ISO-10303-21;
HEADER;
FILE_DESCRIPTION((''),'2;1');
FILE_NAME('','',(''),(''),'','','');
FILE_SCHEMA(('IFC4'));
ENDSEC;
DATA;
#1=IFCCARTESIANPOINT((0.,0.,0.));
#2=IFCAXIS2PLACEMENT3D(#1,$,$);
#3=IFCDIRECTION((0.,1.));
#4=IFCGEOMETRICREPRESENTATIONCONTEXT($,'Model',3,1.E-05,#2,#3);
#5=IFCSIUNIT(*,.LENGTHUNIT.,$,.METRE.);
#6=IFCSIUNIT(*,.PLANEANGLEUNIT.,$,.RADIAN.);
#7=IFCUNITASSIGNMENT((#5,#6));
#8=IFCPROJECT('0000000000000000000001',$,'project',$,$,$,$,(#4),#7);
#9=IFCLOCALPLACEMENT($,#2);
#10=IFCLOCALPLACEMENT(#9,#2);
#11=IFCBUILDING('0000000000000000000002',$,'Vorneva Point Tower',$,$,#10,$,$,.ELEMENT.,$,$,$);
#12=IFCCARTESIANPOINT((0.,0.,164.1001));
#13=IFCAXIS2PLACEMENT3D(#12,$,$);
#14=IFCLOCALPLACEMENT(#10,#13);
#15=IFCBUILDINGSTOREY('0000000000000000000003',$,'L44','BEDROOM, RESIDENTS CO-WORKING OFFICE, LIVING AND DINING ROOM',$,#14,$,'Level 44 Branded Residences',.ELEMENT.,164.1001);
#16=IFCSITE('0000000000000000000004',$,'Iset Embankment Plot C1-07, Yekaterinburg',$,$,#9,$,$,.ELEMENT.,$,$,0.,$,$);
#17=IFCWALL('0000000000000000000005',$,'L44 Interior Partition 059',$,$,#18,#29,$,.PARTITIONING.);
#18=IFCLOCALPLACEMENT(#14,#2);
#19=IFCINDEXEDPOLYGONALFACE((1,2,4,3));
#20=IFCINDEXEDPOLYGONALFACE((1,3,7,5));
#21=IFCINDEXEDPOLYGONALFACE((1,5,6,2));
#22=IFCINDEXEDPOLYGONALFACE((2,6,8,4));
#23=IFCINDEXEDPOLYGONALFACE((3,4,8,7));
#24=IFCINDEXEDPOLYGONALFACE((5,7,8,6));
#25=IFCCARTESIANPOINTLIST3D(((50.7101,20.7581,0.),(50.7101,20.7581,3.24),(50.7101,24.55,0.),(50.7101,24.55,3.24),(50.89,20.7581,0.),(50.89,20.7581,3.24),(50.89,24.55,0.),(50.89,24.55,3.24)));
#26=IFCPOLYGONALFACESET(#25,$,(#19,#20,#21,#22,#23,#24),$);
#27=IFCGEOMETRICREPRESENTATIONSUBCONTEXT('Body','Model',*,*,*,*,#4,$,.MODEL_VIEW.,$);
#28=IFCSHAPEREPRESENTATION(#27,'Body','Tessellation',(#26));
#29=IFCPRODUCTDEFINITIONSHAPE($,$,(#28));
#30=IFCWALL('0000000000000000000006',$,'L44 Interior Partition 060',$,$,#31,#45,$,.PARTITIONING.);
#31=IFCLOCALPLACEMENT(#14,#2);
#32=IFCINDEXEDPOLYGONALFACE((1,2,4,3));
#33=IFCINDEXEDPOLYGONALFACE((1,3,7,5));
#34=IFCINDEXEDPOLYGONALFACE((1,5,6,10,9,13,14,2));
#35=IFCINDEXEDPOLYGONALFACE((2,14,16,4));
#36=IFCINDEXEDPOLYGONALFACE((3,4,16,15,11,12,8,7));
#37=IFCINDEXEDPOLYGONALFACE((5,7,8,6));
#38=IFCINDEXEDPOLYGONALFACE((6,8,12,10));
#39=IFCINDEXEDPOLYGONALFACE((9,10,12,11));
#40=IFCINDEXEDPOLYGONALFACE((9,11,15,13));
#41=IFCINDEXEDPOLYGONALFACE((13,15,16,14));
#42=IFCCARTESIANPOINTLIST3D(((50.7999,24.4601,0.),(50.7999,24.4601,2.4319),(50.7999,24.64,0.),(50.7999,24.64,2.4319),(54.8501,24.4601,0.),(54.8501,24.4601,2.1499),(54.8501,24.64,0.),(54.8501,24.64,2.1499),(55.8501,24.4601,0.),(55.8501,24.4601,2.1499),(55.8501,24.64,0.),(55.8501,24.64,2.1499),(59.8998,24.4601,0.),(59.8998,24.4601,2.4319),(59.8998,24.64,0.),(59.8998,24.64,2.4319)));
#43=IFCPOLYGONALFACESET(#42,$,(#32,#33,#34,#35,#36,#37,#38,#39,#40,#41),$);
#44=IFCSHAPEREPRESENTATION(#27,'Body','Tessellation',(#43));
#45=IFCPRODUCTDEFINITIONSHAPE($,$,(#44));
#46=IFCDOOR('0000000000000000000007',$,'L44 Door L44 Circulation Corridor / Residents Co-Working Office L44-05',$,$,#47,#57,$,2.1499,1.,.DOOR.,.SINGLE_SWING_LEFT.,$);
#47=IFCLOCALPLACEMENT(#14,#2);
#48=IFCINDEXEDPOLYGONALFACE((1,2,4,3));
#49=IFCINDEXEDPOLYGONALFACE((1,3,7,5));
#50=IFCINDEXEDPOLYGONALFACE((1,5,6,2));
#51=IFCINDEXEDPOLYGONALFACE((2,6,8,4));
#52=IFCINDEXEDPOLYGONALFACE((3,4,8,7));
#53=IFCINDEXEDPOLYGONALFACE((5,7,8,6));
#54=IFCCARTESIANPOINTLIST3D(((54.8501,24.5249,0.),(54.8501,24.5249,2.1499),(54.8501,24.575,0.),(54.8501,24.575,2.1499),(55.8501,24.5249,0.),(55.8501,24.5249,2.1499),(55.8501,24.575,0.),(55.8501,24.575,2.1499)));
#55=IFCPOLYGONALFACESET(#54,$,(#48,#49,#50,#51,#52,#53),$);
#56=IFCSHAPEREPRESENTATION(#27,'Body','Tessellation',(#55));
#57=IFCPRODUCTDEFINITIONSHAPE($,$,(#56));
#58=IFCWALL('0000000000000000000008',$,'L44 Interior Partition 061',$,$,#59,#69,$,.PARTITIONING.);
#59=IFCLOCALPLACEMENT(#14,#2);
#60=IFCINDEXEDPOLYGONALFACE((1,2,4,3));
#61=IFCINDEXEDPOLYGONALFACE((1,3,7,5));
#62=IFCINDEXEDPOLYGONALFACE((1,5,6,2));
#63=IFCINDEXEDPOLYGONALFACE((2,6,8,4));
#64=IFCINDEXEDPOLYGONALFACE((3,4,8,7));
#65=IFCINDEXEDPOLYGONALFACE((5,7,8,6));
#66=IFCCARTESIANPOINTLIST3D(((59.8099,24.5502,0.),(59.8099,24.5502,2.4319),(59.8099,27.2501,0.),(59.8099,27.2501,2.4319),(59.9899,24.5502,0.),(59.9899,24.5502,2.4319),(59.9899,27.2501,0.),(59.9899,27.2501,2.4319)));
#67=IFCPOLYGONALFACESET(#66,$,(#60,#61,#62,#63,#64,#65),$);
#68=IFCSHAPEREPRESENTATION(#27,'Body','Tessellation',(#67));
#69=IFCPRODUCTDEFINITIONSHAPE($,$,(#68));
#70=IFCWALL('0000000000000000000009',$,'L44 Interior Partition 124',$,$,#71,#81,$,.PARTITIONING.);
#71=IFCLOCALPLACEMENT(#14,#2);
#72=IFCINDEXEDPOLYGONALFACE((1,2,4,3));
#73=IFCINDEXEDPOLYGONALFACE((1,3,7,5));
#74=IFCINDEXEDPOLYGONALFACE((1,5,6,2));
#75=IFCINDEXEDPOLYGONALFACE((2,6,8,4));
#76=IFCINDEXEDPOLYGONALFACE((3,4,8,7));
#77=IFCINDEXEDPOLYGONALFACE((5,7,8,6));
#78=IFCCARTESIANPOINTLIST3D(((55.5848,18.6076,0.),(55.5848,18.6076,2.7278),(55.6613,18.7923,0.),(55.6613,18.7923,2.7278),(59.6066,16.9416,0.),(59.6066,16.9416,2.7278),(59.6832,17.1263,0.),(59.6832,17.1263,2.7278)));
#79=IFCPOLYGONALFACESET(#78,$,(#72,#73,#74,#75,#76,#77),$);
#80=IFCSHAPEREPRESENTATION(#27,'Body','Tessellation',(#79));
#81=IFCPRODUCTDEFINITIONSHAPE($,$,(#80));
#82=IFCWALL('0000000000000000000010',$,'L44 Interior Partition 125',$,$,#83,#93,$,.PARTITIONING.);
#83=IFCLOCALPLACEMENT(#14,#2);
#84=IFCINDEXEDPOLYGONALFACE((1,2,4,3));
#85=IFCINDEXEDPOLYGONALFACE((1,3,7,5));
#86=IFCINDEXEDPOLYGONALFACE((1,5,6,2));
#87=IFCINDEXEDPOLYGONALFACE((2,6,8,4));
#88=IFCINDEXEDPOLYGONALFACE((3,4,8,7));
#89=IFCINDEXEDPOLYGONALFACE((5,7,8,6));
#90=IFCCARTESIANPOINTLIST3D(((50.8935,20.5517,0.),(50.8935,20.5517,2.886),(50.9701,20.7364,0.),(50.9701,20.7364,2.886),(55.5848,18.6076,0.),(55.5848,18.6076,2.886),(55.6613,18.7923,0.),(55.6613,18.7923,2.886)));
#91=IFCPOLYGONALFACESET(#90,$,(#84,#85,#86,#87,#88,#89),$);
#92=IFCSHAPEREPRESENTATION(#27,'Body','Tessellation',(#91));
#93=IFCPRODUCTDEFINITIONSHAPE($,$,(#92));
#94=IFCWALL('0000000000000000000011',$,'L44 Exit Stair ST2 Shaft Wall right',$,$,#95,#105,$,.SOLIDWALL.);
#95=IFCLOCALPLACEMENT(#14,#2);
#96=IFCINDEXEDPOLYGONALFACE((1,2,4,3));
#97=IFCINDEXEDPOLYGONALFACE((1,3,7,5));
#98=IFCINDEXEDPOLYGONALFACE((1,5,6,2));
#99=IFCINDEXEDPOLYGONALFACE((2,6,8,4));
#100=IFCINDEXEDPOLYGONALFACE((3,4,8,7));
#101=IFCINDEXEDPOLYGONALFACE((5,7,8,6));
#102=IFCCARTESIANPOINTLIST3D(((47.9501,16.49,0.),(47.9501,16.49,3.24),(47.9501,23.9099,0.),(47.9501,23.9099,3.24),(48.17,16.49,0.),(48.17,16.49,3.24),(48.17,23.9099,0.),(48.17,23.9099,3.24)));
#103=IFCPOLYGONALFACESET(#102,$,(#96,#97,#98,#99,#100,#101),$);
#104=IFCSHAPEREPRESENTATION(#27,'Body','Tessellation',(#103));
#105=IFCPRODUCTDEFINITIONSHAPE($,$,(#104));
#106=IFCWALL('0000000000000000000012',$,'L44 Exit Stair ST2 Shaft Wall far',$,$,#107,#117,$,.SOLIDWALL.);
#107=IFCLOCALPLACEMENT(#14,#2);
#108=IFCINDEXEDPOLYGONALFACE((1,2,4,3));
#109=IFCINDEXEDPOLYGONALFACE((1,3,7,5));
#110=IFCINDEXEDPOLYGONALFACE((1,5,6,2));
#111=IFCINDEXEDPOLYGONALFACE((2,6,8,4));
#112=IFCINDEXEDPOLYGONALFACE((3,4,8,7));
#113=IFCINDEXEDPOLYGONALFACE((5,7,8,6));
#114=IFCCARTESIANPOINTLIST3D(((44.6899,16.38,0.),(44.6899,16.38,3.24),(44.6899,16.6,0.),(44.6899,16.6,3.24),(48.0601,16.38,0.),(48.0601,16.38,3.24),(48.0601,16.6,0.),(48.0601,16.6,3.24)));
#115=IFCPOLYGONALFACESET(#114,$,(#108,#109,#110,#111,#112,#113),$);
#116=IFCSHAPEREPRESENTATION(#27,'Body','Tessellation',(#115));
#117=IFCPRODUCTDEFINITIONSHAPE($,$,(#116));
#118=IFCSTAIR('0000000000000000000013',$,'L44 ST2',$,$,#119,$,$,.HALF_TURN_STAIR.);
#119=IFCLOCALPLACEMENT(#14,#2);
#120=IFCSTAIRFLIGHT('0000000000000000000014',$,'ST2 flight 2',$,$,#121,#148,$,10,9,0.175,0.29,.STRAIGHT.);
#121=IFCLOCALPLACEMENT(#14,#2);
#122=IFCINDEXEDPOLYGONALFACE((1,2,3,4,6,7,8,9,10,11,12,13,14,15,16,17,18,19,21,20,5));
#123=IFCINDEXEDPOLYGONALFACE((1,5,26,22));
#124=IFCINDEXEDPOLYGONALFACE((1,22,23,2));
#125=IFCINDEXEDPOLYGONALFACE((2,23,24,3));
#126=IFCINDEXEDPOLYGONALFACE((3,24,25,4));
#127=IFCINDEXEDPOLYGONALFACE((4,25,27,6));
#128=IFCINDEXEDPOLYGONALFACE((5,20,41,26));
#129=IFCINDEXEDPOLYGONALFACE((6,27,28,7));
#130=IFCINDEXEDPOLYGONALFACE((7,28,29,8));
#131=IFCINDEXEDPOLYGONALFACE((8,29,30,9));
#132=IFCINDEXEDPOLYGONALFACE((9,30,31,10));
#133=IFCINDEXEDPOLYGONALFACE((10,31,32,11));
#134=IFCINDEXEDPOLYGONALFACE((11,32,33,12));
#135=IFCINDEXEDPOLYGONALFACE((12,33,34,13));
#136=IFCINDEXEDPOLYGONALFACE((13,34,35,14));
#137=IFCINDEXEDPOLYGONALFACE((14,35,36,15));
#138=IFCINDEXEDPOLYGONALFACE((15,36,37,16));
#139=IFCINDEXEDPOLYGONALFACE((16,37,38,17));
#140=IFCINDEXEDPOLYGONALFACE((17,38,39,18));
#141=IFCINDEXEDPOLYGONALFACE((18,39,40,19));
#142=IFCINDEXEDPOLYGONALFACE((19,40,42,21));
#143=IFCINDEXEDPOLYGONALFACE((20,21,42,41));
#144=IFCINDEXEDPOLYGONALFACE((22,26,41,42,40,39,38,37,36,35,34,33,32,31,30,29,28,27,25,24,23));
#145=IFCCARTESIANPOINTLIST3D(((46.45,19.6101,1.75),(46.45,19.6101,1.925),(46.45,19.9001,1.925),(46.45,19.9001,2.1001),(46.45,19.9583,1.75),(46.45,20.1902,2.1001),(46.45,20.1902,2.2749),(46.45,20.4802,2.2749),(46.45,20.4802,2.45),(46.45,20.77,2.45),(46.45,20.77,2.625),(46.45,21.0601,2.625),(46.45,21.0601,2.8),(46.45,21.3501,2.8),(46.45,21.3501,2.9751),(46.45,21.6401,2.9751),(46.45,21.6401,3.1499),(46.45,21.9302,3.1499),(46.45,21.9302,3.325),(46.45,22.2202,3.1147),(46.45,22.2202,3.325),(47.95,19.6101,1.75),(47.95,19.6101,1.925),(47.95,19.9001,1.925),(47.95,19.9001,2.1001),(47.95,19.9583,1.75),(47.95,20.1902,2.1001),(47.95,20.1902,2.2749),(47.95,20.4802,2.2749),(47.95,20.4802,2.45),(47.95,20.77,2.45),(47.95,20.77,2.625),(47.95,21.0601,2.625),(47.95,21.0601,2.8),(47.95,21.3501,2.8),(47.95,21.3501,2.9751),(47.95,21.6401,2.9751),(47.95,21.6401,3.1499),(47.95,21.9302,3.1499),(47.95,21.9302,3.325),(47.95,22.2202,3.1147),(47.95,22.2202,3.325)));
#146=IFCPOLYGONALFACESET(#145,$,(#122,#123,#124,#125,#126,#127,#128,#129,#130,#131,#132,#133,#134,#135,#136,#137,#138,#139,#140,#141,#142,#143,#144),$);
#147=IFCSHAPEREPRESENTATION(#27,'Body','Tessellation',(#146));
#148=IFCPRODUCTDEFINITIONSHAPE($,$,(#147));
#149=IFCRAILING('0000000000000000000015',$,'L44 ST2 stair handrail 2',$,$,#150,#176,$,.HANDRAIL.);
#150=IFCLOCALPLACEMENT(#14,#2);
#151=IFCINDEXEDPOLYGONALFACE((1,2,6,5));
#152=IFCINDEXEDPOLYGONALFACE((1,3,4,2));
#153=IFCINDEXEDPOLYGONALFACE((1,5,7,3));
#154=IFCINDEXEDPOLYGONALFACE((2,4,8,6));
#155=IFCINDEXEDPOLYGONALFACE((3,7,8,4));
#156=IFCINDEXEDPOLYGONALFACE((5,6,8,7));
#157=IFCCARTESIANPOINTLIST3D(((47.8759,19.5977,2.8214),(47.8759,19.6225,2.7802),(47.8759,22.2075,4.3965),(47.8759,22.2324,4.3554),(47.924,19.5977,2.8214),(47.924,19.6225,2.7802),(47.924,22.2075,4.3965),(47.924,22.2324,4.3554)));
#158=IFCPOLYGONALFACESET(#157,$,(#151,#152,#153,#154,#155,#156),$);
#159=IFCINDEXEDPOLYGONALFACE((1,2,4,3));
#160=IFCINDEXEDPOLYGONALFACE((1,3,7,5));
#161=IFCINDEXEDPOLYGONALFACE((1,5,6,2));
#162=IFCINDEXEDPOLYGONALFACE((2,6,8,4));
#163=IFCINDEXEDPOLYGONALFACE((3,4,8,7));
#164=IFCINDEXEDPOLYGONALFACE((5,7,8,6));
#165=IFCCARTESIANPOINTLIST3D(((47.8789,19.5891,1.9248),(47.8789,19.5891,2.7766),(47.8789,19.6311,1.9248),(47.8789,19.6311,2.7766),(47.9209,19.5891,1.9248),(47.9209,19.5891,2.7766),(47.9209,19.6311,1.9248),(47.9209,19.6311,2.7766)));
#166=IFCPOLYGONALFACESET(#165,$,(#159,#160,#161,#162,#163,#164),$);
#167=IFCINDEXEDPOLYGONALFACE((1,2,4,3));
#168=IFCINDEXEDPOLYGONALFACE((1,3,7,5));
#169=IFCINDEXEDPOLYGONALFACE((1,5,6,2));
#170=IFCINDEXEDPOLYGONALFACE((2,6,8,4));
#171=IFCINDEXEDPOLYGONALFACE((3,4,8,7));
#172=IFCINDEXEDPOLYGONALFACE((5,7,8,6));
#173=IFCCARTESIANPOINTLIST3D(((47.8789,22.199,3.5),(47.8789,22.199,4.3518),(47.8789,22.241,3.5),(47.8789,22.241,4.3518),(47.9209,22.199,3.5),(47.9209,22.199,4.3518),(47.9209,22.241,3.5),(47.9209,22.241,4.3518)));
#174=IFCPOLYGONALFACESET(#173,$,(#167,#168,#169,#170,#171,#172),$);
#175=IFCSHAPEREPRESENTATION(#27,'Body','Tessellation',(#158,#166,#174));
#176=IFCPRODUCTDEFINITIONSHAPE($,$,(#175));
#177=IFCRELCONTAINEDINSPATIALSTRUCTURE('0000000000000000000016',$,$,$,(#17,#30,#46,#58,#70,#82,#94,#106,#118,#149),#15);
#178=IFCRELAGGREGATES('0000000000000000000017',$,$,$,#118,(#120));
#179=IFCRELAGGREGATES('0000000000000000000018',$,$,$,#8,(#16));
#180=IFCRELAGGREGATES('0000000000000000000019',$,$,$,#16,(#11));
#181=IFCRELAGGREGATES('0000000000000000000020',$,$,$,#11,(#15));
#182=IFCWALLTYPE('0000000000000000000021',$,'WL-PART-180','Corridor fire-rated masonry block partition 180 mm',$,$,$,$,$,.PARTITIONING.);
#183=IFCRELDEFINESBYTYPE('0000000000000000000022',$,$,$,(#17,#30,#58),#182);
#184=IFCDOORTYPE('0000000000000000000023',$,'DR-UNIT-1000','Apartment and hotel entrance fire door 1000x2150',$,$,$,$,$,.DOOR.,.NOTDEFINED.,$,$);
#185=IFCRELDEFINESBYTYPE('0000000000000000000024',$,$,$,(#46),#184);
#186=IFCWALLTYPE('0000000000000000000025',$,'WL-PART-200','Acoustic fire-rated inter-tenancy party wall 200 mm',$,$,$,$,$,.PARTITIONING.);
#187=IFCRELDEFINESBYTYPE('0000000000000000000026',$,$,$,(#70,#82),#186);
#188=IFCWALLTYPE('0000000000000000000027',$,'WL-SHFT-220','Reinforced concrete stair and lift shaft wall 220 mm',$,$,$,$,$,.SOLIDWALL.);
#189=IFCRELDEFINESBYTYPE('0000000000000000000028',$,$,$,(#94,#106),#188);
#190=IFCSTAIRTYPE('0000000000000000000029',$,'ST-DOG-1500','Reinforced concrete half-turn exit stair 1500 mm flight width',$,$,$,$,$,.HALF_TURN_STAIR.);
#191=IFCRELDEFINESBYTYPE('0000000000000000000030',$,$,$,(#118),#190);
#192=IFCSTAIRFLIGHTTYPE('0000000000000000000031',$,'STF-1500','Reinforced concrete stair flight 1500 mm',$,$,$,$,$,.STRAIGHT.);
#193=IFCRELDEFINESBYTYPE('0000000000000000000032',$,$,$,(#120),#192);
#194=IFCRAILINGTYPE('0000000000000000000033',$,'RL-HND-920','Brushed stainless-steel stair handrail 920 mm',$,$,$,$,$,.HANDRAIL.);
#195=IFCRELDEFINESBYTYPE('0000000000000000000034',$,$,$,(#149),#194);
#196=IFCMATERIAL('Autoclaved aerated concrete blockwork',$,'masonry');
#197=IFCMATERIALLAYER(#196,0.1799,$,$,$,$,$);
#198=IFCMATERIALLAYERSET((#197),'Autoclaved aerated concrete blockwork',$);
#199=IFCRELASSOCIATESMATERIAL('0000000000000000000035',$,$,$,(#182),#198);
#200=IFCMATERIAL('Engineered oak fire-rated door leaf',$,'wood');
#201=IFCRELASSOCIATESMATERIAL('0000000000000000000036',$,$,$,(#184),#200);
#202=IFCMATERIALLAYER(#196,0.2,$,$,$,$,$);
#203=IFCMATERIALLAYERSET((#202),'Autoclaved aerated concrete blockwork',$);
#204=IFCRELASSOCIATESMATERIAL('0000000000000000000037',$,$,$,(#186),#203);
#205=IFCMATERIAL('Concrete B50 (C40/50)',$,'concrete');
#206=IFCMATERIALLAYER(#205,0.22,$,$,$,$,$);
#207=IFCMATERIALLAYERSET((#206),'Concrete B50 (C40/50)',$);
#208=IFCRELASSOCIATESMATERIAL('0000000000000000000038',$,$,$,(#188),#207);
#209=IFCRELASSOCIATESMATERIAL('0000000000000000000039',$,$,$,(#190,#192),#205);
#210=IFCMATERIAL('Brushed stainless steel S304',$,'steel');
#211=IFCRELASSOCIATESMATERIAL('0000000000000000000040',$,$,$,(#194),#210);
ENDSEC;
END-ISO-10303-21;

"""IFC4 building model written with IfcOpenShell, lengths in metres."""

from ifc_helpers import new_model, si_unit, direction, frame, frame_2d, origin, origin_2d, place, context, subcontext, project, spatial, polyline, rectangle, outline, extrude, material, layer, layer_set, type_object, element, fill, aggregate, save


model = new_model("IFC4")

# Units and contexts
model_context = context("Model", 3, precision=1e-05, world=origin(), true_north=direction((0.0, 1.0)))
body_context = subcontext(model_context, "Body", "Model", "MODEL_VIEW")
ifc_project = project(units=[si_unit("LENGTHUNIT", "METRE"), si_unit("PLANEANGLEUNIT", "RADIAN")], contexts=[model_context])

# Site, building, storey
site_placement = place(None, origin())
site = spatial("IfcSite", under=ifc_project, at=site_placement, Name="Iset Embankment Plot C1-07, Yekaterinburg", CompositionType="ELEMENT", RefElevation=0.0)
building_placement = place(site_placement, origin())
building = spatial("IfcBuilding", under=site, at=building_placement, Name="Vorneva Point Tower", CompositionType="ELEMENT")
storey_placement = place(building_placement, frame((0.0, 0.0, 164.1001)))
storey = spatial("IfcBuildingStorey", under=building, at=storey_placement, Name="L44", Description="BEDROOM, RESIDENTS CO-WORKING OFFICE, LIVING AND DINING ROOM", LongName="Level 44 Branded Residences", CompositionType="ELEMENT", Elevation=164.1001)

# Shared definitions
ifc_material_1 = material(Name="Autoclaved aerated concrete blockwork", Category="masonry")
ifc_layer_1 = layer(ifc_material_1, 0.1799)
ifc_layer_set_1 = layer_set([ifc_layer_1], Name="Autoclaved aerated concrete blockwork")
wall_type_1 = type_object("IfcWallType", Name="WL-PART-180", Description="Corridor fire-rated masonry block partition 180 mm", PredefinedType="PARTITIONING", material=ifc_layer_set_1)
ifc_material_2 = material(Name="Engineered oak fire-rated door leaf", Category="wood")

# Wall
wall_1_placement = place(storey_placement, frame((50.8, 20.7581, 0.0), z_axis=(0.0, 0.0, 1.0), x_axis=(0.0, 1.0, 0.0)))
element("IfcWall", 1, at=wall_1_placement, inside=storey, type_object=wall_type_1, Name="L44 Interior Partition 059", PredefinedType="PARTITIONING", context=body_context, shape_type="SweptSolid", body=[
    extrude(rectangle(XDim=3.792, YDim=0.1799, at=frame_2d((1.896, 0.0))), origin(), (0.0, 0.0, 1.0), 3.24),
])

# Wall, opening, door
wall_2_placement = place(storey_placement, frame((50.8, 24.55, 0.0), z_axis=(0.0, 0.0, 1.0), x_axis=(1.0, 0.0, 0.0)))
wall_2 = element("IfcWall", 2, at=wall_2_placement, inside=storey, type_object=wall_type_1, Name="L44 Interior Partition 060", PredefinedType="PARTITIONING", context=body_context, shape_type="SweptSolid", body=[
    extrude(rectangle(XDim=9.0999, YDim=0.1799, at=frame_2d((4.5498, 0.0))), origin(), (0.0, 0.0, 1.0), 2.4319),
])
opening_1_placement = place(wall_2_placement, frame((4.05, 0.0, 0.0)))
opening_1 = element("IfcOpeningElement", 3, at=opening_1_placement, cuts=wall_2, PredefinedType="OPENING", context=body_context, shape_type="SweptSolid", body=[
    extrude(rectangle(XDim=1.0, YDim=2.1499, at=frame_2d((0.5, 1.075))), frame((0.0, 0.105, 0.0), z_axis=(0.0, -1.0, 0.0), x_axis=(1.0, 0.0, 0.0)), (0.0, 0.0, 1.0), 0.2097),
])
door_type_1 = type_object("IfcDoorType", Name="DR-UNIT-1000", Description="Apartment and hotel entrance fire door 1000x2150", OperationType="NOTDEFINED", PredefinedType="DOOR", material=ifc_material_2)
door_1_placement = place(opening_1_placement, origin())
door_1 = element("IfcDoor", 4, at=door_1_placement, inside=storey, type_object=door_type_1, Name="L44 Door L44 Circulation Corridor / Residents Co-Working Office L44-05", OperationType="SINGLE_SWING_LEFT", OverallHeight=2.1499, OverallWidth=1.0, PredefinedType="DOOR", context=body_context, shape_type="SweptSolid", body=[
    extrude(rectangle(XDim=1.0, YDim=2.1499, at=frame_2d((0.5, 1.075))), frame((0.0, 0.0249, 0.0), z_axis=(0.0, -1.0, 0.0), x_axis=(1.0, 0.0, 0.0)), (0.0, 0.0, 1.0), 0.05),
])
fill(opening_1, door_1)

# Walls
wall_3_placement = place(storey_placement, frame((59.8999, 24.55, 0.0), z_axis=(0.0, 0.0, 1.0), x_axis=(0.0, 1.0, 0.0)))
element("IfcWall", 5, at=wall_3_placement, inside=storey, type_object=wall_type_1, Name="L44 Interior Partition 061", PredefinedType="PARTITIONING", context=body_context, shape_type="SweptSolid", body=[
    extrude(rectangle(XDim=2.7, YDim=0.1799, at=frame_2d((1.3501, 0.0))), origin(), (0.0, 0.0, 1.0), 2.4319),
])
ifc_layer_2 = layer(ifc_material_1, 0.2)
ifc_layer_set_2 = layer_set([ifc_layer_2], Name="Autoclaved aerated concrete blockwork")
wall_type_2 = type_object("IfcWallType", Name="WL-PART-200", Description="Acoustic fire-rated inter-tenancy party wall 200 mm", PredefinedType="PARTITIONING", material=ifc_layer_set_2)
wall_4_placement = place(storey_placement, frame((59.645, 17.0339, 0.0), z_axis=(0.0, 0.0, 1.0), x_axis=(-0.923875, 0.382695, 0.0)))
element("IfcWall", 6, at=wall_4_placement, inside=storey, type_object=wall_type_2, Name="L44 Interior Partition 124", PredefinedType="PARTITIONING", context=body_context, shape_type="SweptSolid", body=[
    extrude(rectangle(XDim=4.3533, YDim=0.2, at=frame_2d((2.1768, 0.0))), origin(), (0.0, 0.0, 1.0), 2.7278),
])
wall_5_placement = place(storey_placement, frame((55.623, 18.7, 0.0), z_axis=(0.0, 0.0, 1.0), x_axis=(-0.923813, 0.382843, 0.0)))
element("IfcWall", 7, at=wall_5_placement, inside=storey, type_object=wall_type_2, Name="L44 Interior Partition 125", PredefinedType="PARTITIONING", context=body_context, shape_type="SweptSolid", body=[
    extrude(rectangle(XDim=5.0781, YDim=0.2, at=frame_2d((2.5391, 0.0))), origin(), (0.0, 0.0, 1.0), 2.886),
])
ifc_material_3 = material(Name="Concrete B50 (C40/50)", Category="concrete")
ifc_layer_3 = layer(ifc_material_3, 0.22)
ifc_layer_set_3 = layer_set([ifc_layer_3], Name="Concrete B50 (C40/50)")
wall_type_3 = type_object("IfcWallType", Name="WL-SHFT-220", Description="Reinforced concrete stair and lift shaft wall 220 mm", PredefinedType="SOLIDWALL", material=ifc_layer_set_3)
wall_6_placement = place(storey_placement, frame((48.0601, 23.9099, 0.0), z_axis=(0.0, 0.0, 1.0), x_axis=(0.0, -1.0, 0.0)))
element("IfcWall", 8, at=wall_6_placement, inside=storey, type_object=wall_type_3, Name="L44 Exit Stair ST2 Shaft Wall right", PredefinedType="SOLIDWALL", context=body_context, shape_type="SweptSolid", body=[
    extrude(rectangle(XDim=7.4199, YDim=0.22, at=frame_2d((3.71, 0.0))), origin(), (0.0, 0.0, 1.0), 3.24),
])
wall_7_placement = place(storey_placement, frame((48.0601, 16.49, 0.0), z_axis=(0.0, 0.0, 1.0), x_axis=(-1.0, 0.0, 0.0)))
element("IfcWall", 9, at=wall_7_placement, inside=storey, type_object=wall_type_3, Name="L44 Exit Stair ST2 Shaft Wall far", PredefinedType="SOLIDWALL", context=body_context, shape_type="SweptSolid", body=[
    extrude(rectangle(XDim=3.3701, YDim=0.22, at=frame_2d((1.6851, 0.0))), origin(), (0.0, 0.0, 1.0), 3.24),
])

# Stair, stair flight
stair_type = type_object("IfcStairType", Name="ST-DOG-1500", Description="Reinforced concrete half-turn exit stair 1500 mm flight width", PredefinedType="HALF_TURN_STAIR", material=ifc_material_3)
stair_placement = place(storey_placement, origin())
stair = element("IfcStair", 10, at=stair_placement, inside=storey, type_object=stair_type, Name="L44 ST2", PredefinedType="HALF_TURN_STAIR")
stair_flight_type = type_object("IfcStairFlightType", Name="STF-1500", Description="Reinforced concrete stair flight 1500 mm", PredefinedType="STRAIGHT", material=ifc_material_3)
stair_flight_placement = place(storey_placement, frame((47.2, 19.6101, 1.75), z_axis=(0.0, 0.0, 1.0), x_axis=(0.0, 1.0, 0.0)))
stair_flight = element("IfcStairFlight", 11, at=stair_flight_placement, type_object=stair_flight_type, Name="ST2 flight 2", NumberOfRisers=10, NumberOfTreads=9, PredefinedType="STRAIGHT", RiserHeight=0.175, TreadLength=0.29, context=body_context, shape_type="SweptSolid", body=[
    extrude(outline(polyline([(0.0, 0.0), (0.0, 0.175), (0.29, 0.175), (0.29, 0.3501), (0.5801, 0.3501), (0.5801, 0.5249), (0.8701, 0.5249), (0.8701, 0.7), (1.1599, 0.7), (1.1599, 0.875), (1.45, 0.875), (1.45, 1.05), (1.74, 1.05), (1.74, 1.2251), (2.03, 1.2251), (2.03, 1.3999), (2.3201, 1.3999), (2.3201, 1.575), (2.6101, 1.575), (2.6101, 1.75), (2.6101, 1.3647), (0.3481, 0.0), (0.0, 0.0)])), frame((0.0, 0.75, 0.0), z_axis=(0.0, -1.0, 0.0), x_axis=(1.0, 0.0, 0.0)), (0.0, 0.0, 1.0), 1.5),
])
aggregate(stair, [stair_flight])

# Railing
ifc_material_4 = material(Name="Brushed stainless steel S304", Category="steel")
railing_type = type_object("IfcRailingType", Name="RL-HND-920", Description="Brushed stainless-steel stair handrail 920 mm", PredefinedType="HANDRAIL", material=ifc_material_4)
railing_placement = place(storey_placement, frame((47.8999, 19.6101, 1.9248)))
element("IfcRailing", 12, at=railing_placement, inside=storey, type_object=railing_type, Name="L44 ST2 stair handrail 2", PredefinedType="HANDRAIL", context=body_context, shape_type="SweptSolid", body=[
    extrude(rectangle(XDim=0.0481, YDim=0.0481, at=origin_2d()), frame((0.0, 0.0, 0.876), z_axis=(0.0, 0.856147, 0.516732), x_axis=(-1.0, 0.0, 0.0)), (0.0, 0.0, 1.0), 3.0483),
    extrude(rectangle(XDim=0.042, YDim=0.042, at=origin_2d()), origin(), (0.0, 0.0, 1.0), 0.8518),
    extrude(rectangle(XDim=0.042, YDim=0.042, at=origin_2d()), frame((0.0, 2.6099, 1.5752)), (0.0, 0.0, 1.0), 0.8518),
])

save(model, "model.ifc")
